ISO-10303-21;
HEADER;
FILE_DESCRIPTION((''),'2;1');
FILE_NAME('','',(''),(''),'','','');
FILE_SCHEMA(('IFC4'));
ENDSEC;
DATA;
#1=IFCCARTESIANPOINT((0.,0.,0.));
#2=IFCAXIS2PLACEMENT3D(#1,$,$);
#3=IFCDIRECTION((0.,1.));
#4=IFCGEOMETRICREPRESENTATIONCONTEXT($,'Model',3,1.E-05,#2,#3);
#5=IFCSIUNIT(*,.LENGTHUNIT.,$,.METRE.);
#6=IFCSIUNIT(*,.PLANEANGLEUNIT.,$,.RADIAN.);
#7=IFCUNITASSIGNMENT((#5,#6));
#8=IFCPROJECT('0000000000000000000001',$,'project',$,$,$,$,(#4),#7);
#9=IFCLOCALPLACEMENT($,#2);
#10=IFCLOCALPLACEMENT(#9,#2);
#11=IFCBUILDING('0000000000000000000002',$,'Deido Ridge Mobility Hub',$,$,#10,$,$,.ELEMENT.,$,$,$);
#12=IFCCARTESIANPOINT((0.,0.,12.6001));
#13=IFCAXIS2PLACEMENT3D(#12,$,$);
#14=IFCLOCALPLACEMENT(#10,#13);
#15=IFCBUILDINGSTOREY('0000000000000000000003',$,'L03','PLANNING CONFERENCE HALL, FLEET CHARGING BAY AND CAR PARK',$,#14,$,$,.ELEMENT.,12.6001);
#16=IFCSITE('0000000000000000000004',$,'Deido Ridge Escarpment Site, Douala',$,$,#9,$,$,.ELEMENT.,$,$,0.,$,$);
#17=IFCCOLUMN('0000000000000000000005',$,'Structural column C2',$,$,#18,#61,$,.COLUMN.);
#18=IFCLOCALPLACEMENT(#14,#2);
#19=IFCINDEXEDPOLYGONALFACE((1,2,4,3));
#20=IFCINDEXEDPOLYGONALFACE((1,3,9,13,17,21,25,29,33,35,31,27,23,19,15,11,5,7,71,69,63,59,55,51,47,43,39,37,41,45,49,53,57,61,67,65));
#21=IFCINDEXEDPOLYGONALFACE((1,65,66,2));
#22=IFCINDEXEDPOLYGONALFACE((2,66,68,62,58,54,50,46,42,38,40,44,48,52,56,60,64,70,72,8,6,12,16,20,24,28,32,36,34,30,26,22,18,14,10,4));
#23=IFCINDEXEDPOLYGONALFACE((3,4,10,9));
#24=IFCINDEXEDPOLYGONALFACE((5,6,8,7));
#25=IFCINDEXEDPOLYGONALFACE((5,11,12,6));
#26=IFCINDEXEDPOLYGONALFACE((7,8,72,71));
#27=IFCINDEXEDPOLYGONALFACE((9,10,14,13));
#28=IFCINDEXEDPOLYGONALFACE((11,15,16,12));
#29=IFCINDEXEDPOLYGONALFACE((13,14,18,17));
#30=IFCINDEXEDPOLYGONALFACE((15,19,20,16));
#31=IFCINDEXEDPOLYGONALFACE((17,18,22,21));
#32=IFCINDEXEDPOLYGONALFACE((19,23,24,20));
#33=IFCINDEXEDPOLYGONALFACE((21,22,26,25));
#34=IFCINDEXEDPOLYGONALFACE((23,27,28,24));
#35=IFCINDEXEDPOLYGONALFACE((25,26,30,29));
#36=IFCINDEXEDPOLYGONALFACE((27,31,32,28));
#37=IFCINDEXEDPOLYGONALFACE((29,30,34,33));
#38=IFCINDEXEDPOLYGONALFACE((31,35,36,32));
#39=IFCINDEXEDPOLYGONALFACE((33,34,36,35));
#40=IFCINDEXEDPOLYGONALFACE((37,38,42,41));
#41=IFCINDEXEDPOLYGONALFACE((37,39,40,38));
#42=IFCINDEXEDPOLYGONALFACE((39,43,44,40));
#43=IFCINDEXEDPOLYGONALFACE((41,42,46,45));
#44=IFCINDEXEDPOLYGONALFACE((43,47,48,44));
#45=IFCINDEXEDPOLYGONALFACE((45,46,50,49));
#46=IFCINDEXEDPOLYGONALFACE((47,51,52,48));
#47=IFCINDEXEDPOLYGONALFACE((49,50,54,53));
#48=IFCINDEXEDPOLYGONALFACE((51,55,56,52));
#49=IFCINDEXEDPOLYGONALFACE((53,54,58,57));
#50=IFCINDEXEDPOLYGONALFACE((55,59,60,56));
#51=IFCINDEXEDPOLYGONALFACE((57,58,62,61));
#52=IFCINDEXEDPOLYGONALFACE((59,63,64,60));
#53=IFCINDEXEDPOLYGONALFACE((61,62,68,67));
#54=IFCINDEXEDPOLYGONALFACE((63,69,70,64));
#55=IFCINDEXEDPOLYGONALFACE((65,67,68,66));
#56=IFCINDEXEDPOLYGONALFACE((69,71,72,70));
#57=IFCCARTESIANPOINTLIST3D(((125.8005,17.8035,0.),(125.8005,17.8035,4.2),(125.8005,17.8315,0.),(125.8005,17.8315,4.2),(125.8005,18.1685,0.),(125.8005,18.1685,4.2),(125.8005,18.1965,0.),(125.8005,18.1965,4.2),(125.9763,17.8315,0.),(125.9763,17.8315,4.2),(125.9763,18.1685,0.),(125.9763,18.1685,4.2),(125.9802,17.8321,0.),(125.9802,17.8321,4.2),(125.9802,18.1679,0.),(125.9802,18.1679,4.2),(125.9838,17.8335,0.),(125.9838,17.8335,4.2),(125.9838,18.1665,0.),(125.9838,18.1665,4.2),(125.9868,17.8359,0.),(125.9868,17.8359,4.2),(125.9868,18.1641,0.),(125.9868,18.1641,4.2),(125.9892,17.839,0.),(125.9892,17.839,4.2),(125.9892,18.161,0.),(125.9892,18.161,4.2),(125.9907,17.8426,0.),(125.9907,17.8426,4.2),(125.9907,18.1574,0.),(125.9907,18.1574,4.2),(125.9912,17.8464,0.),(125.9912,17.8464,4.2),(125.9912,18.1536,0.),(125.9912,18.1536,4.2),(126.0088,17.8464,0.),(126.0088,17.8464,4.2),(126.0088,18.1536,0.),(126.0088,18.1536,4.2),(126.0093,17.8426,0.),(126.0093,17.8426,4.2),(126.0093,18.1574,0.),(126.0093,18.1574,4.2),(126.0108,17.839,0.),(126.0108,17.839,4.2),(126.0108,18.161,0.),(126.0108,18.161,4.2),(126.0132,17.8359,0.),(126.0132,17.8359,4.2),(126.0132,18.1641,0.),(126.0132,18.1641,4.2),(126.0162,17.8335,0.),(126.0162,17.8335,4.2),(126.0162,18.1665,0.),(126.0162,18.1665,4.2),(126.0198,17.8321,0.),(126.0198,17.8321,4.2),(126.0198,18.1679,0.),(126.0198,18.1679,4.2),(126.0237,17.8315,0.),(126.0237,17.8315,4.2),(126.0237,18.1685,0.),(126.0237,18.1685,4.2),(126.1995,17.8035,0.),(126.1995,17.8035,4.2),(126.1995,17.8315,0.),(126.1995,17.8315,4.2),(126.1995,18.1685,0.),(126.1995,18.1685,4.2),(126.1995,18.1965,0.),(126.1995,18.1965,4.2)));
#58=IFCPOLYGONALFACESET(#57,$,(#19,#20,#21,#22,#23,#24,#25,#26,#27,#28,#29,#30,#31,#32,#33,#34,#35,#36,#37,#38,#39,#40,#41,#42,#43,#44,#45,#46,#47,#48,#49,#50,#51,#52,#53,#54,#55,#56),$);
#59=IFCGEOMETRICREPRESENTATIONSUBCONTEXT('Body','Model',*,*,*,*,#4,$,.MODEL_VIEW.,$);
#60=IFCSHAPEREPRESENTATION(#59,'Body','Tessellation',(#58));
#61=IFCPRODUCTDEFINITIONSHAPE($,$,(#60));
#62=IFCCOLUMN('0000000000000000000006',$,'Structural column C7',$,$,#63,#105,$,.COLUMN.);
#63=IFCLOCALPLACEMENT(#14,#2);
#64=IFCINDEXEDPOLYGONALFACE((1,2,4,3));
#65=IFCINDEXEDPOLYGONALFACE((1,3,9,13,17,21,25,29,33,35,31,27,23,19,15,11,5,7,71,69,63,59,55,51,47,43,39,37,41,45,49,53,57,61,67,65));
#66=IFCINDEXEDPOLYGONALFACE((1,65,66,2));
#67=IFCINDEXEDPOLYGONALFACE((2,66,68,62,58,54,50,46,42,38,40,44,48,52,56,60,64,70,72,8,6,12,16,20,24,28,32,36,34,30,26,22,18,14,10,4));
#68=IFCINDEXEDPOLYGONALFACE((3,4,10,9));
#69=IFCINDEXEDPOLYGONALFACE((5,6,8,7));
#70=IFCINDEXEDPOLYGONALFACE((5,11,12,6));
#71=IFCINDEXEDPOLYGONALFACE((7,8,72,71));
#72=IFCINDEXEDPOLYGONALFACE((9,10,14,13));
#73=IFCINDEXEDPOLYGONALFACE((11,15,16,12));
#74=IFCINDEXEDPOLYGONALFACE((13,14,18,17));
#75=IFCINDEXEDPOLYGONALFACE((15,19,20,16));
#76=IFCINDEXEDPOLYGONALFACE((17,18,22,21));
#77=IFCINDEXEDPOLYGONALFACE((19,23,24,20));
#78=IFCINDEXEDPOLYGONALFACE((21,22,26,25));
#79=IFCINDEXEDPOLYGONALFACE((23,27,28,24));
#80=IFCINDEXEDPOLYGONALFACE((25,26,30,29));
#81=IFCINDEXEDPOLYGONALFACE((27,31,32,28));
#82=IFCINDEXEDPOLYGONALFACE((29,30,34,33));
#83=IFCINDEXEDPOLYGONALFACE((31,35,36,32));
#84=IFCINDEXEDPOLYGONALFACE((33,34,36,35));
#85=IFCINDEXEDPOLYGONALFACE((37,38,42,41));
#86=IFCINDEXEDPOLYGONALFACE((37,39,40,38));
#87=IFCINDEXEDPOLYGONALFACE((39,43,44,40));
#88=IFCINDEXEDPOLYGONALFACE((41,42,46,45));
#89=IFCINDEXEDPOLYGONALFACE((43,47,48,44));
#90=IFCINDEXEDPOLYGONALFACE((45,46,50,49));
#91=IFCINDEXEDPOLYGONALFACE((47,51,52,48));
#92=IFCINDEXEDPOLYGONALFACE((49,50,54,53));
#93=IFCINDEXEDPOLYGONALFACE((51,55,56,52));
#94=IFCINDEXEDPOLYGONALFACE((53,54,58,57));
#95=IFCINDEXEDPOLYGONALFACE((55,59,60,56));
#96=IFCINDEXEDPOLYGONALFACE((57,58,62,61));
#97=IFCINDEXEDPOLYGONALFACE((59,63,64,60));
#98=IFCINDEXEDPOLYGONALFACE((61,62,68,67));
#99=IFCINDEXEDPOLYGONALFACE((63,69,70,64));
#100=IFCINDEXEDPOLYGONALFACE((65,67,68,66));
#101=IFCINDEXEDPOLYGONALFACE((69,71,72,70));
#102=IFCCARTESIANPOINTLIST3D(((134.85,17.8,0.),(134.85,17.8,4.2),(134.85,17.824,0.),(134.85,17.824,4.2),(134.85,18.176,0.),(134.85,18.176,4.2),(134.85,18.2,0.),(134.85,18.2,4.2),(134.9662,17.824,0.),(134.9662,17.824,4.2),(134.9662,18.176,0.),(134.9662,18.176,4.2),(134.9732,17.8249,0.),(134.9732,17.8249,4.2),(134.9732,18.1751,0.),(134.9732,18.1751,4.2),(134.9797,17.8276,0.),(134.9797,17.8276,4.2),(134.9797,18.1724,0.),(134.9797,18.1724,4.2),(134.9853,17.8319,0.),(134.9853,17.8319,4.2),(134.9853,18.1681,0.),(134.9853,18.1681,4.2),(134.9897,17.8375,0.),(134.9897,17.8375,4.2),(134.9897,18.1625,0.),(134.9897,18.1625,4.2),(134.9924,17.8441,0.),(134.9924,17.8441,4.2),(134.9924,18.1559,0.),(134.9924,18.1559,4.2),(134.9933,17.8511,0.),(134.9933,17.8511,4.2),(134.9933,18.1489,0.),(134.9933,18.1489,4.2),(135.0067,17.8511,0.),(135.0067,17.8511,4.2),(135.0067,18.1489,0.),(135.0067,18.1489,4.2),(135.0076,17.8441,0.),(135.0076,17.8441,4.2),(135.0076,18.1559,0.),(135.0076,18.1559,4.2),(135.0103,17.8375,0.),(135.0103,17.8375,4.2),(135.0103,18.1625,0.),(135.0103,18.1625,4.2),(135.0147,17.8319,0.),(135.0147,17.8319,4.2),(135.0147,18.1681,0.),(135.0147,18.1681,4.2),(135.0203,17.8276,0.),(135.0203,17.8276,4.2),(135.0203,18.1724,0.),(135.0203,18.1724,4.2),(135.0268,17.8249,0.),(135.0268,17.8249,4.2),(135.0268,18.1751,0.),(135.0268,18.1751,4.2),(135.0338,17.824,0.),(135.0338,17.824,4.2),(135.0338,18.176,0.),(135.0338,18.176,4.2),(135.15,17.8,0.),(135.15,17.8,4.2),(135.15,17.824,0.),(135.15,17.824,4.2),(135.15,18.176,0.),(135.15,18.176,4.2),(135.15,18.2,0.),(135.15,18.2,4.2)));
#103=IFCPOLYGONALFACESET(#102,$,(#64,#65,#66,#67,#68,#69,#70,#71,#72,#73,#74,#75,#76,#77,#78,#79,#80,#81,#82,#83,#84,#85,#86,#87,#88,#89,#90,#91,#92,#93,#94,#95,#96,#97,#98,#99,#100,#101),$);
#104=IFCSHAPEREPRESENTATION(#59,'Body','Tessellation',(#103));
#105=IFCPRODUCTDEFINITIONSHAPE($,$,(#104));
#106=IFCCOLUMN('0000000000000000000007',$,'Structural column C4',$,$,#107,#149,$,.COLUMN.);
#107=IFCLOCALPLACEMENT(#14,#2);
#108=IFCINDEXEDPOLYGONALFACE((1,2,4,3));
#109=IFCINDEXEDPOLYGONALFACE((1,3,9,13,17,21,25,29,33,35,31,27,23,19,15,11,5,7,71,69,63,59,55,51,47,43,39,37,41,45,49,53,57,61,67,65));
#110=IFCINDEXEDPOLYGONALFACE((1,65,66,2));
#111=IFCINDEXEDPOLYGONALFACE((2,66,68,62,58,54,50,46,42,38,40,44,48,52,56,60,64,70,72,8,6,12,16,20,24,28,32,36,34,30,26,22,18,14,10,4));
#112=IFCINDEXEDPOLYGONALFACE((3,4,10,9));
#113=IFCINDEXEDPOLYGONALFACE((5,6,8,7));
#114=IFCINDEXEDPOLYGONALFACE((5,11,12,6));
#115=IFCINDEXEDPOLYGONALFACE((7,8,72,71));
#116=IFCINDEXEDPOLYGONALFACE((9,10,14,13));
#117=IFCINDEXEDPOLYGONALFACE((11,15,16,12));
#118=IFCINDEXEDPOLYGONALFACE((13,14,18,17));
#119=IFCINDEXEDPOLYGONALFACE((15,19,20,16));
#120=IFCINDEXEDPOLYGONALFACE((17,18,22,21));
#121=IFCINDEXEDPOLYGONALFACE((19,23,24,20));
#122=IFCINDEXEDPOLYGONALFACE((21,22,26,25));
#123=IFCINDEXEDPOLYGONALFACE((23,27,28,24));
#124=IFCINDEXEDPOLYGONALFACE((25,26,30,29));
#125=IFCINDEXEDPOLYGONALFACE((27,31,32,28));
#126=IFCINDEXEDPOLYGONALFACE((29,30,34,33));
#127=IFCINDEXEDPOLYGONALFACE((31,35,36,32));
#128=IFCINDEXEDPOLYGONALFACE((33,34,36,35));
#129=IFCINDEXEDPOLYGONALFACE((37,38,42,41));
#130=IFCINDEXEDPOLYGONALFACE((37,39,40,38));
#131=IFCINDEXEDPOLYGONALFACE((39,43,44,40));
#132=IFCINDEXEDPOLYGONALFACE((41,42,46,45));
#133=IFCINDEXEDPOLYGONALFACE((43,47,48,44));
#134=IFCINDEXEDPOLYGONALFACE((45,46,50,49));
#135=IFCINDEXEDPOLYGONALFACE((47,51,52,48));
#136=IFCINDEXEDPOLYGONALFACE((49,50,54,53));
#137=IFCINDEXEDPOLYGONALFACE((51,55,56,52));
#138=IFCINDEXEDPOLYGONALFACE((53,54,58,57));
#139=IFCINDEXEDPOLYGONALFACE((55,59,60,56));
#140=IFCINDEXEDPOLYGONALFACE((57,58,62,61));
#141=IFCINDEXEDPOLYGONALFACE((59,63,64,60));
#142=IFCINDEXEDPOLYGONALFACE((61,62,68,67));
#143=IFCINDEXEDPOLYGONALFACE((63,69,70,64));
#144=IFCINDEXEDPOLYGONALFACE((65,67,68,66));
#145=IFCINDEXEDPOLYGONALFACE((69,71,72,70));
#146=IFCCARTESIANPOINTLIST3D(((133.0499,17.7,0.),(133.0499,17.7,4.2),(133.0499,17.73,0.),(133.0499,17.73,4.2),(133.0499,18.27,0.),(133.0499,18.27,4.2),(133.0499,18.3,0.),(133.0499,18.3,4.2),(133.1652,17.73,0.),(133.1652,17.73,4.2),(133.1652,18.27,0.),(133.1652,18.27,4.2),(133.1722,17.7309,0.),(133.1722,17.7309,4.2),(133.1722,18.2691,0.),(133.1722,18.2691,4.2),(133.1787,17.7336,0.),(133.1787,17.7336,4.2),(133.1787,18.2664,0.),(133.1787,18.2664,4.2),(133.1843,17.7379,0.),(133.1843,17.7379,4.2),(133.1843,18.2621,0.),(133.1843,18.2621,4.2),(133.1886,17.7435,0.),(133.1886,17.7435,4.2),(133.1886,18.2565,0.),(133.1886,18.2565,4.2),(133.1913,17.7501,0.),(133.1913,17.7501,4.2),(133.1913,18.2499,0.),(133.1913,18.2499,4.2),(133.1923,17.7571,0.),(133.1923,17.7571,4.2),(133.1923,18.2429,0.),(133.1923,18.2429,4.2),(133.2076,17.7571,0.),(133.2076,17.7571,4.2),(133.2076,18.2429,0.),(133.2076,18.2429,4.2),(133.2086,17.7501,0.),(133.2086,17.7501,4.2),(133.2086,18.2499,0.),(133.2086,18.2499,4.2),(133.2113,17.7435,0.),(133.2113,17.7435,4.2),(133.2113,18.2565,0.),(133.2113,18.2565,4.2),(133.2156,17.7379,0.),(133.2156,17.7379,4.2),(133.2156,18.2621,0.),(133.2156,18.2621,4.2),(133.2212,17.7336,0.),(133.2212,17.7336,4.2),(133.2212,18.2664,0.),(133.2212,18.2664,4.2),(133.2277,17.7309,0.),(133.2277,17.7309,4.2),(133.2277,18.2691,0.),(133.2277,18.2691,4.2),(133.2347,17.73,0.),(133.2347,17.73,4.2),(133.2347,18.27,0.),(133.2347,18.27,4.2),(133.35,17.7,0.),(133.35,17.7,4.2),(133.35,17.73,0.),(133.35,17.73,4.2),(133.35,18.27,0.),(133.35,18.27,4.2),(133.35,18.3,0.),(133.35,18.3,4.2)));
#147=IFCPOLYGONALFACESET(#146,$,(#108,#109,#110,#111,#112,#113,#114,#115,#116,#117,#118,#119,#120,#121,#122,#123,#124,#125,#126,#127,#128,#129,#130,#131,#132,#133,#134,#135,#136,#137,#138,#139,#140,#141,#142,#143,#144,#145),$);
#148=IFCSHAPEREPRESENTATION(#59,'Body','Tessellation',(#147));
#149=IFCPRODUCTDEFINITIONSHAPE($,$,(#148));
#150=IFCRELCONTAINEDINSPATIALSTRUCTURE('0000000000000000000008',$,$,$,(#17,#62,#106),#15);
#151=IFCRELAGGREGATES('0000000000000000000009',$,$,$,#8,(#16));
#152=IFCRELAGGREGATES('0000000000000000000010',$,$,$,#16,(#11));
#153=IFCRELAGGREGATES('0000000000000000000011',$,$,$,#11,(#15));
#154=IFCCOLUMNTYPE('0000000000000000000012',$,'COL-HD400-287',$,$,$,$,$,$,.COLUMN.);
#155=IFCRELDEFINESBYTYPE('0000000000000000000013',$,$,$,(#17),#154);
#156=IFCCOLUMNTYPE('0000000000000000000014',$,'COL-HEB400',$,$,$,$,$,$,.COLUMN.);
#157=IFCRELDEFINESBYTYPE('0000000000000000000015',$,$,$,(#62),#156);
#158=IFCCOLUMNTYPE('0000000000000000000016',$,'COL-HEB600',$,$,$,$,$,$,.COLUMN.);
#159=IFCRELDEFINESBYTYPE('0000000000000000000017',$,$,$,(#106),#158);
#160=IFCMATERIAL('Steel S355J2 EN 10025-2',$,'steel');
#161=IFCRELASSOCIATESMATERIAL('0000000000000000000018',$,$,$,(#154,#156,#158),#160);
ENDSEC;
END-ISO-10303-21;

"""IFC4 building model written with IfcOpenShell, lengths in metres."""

from ifc_helpers import new_model, si_unit, direction, frame, origin, origin_2d, place, context, subcontext, project, spatial, i_section, extrude, material, material_profile, profile_set, type_object, element, save


model = new_model("IFC4")

# Units and contexts
model_context = context("Model", 3, precision=1e-05, world=origin(), true_north=direction((0.0, 1.0)))
body_context = subcontext(model_context, "Body", "Model", "MODEL_VIEW")
ifc_project = project(units=[si_unit("LENGTHUNIT", "METRE"), si_unit("PLANEANGLEUNIT", "RADIAN")], contexts=[model_context])

# Site, building, storey
site_placement = place(None, origin())
site = spatial("IfcSite", under=ifc_project, at=site_placement, Name="Deido Ridge Escarpment Site, Douala", CompositionType="ELEMENT", RefElevation=0.0)
building_placement = place(site_placement, origin())
building = spatial("IfcBuilding", under=site, at=building_placement, Name="Deido Ridge Mobility Hub", CompositionType="ELEMENT")
storey_placement = place(building_placement, frame((0.0, 0.0, 12.6001)))
storey = spatial("IfcBuildingStorey", under=building, at=storey_placement, Name="L03", Description="PLANNING CONFERENCE HALL, FLEET CHARGING BAY AND CAR PARK", CompositionType="ELEMENT", Elevation=12.6001)

# Columns
ifc_material_1 = material(Name="Steel S355J2 EN 10025-2", Category="steel")
ifc_material_profile_1 = material_profile(ifc_material_1, i_section(OverallWidth=0.3989, OverallDepth=0.3931, WebThickness=0.0176, FlangeThickness=0.0281, FilletRadius=0.0149, at=origin_2d()), Name="HD 400x287")
ifc_profile_set_1 = profile_set([ifc_material_profile_1], Name="Steel S355J2 EN 10025-2")
column_type_1 = type_object("IfcColumnType", Name="COL-HD400-287", PredefinedType="COLUMN", material=ifc_profile_set_1)
column_1_placement = place(storey_placement, frame((126.0, 18.0, 0.0), z_axis=(0.0, 0.0, 1.0), x_axis=(1.0, 0.0, 0.0)))
element("IfcColumn", 1, at=column_1_placement, inside=storey, type_object=column_type_1, Name="Structural column C2", PredefinedType="COLUMN", context=body_context, shape_type="SweptSolid", body=[
    extrude(i_section(OverallWidth=0.3989, OverallDepth=0.3931, WebThickness=0.0176, FlangeThickness=0.0281, FilletRadius=0.0149, at=origin_2d()), origin(), (0.0, 0.0, 1.0), 4.2),
])
ifc_material_profile_2 = material_profile(ifc_material_1, i_section(OverallWidth=0.3, OverallDepth=0.3999, WebThickness=0.0134, FlangeThickness=0.0239, FilletRadius=0.0271, at=origin_2d()), Name="HEB 400")
ifc_profile_set_2 = profile_set([ifc_material_profile_2], Name="Steel S355J2 EN 10025-2")
column_type_2 = type_object("IfcColumnType", Name="COL-HEB400", PredefinedType="COLUMN", material=ifc_profile_set_2)
column_2_placement = place(storey_placement, frame((135.0, 18.0, 0.0), z_axis=(0.0, 0.0, 1.0), x_axis=(1.0, 0.0, 0.0)))
element("IfcColumn", 2, at=column_2_placement, inside=storey, type_object=column_type_2, Name="Structural column C7", PredefinedType="COLUMN", context=body_context, shape_type="SweptSolid", body=[
    extrude(i_section(OverallWidth=0.3, OverallDepth=0.3999, WebThickness=0.0134, FlangeThickness=0.0239, FilletRadius=0.0271, at=origin_2d()), origin(), (0.0, 0.0, 1.0), 4.2),
])
ifc_material_profile_3 = material_profile(ifc_material_1, i_section(OverallWidth=0.3, OverallDepth=0.6001, WebThickness=0.0154, FlangeThickness=0.03, FilletRadius=0.0271, at=origin_2d()), Name="HEB 600")
ifc_profile_set_3 = profile_set([ifc_material_profile_3], Name="Steel S355J2 EN 10025-2")
column_type_3 = type_object("IfcColumnType", Name="COL-HEB600", PredefinedType="COLUMN", material=ifc_profile_set_3)
column_3_placement = place(storey_placement, frame((133.2, 18.0, 0.0), z_axis=(0.0, 0.0, 1.0), x_axis=(1.0, 0.0, 0.0)))
element("IfcColumn", 3, at=column_3_placement, inside=storey, type_object=column_type_3, Name="Structural column C4", PredefinedType="COLUMN", context=body_context, shape_type="SweptSolid", body=[
    extrude(i_section(OverallWidth=0.3, OverallDepth=0.6001, WebThickness=0.0154, FlangeThickness=0.03, FilletRadius=0.0271, at=origin_2d()), origin(), (0.0, 0.0, 1.0), 4.2),
])

save(model, "model.ifc")
